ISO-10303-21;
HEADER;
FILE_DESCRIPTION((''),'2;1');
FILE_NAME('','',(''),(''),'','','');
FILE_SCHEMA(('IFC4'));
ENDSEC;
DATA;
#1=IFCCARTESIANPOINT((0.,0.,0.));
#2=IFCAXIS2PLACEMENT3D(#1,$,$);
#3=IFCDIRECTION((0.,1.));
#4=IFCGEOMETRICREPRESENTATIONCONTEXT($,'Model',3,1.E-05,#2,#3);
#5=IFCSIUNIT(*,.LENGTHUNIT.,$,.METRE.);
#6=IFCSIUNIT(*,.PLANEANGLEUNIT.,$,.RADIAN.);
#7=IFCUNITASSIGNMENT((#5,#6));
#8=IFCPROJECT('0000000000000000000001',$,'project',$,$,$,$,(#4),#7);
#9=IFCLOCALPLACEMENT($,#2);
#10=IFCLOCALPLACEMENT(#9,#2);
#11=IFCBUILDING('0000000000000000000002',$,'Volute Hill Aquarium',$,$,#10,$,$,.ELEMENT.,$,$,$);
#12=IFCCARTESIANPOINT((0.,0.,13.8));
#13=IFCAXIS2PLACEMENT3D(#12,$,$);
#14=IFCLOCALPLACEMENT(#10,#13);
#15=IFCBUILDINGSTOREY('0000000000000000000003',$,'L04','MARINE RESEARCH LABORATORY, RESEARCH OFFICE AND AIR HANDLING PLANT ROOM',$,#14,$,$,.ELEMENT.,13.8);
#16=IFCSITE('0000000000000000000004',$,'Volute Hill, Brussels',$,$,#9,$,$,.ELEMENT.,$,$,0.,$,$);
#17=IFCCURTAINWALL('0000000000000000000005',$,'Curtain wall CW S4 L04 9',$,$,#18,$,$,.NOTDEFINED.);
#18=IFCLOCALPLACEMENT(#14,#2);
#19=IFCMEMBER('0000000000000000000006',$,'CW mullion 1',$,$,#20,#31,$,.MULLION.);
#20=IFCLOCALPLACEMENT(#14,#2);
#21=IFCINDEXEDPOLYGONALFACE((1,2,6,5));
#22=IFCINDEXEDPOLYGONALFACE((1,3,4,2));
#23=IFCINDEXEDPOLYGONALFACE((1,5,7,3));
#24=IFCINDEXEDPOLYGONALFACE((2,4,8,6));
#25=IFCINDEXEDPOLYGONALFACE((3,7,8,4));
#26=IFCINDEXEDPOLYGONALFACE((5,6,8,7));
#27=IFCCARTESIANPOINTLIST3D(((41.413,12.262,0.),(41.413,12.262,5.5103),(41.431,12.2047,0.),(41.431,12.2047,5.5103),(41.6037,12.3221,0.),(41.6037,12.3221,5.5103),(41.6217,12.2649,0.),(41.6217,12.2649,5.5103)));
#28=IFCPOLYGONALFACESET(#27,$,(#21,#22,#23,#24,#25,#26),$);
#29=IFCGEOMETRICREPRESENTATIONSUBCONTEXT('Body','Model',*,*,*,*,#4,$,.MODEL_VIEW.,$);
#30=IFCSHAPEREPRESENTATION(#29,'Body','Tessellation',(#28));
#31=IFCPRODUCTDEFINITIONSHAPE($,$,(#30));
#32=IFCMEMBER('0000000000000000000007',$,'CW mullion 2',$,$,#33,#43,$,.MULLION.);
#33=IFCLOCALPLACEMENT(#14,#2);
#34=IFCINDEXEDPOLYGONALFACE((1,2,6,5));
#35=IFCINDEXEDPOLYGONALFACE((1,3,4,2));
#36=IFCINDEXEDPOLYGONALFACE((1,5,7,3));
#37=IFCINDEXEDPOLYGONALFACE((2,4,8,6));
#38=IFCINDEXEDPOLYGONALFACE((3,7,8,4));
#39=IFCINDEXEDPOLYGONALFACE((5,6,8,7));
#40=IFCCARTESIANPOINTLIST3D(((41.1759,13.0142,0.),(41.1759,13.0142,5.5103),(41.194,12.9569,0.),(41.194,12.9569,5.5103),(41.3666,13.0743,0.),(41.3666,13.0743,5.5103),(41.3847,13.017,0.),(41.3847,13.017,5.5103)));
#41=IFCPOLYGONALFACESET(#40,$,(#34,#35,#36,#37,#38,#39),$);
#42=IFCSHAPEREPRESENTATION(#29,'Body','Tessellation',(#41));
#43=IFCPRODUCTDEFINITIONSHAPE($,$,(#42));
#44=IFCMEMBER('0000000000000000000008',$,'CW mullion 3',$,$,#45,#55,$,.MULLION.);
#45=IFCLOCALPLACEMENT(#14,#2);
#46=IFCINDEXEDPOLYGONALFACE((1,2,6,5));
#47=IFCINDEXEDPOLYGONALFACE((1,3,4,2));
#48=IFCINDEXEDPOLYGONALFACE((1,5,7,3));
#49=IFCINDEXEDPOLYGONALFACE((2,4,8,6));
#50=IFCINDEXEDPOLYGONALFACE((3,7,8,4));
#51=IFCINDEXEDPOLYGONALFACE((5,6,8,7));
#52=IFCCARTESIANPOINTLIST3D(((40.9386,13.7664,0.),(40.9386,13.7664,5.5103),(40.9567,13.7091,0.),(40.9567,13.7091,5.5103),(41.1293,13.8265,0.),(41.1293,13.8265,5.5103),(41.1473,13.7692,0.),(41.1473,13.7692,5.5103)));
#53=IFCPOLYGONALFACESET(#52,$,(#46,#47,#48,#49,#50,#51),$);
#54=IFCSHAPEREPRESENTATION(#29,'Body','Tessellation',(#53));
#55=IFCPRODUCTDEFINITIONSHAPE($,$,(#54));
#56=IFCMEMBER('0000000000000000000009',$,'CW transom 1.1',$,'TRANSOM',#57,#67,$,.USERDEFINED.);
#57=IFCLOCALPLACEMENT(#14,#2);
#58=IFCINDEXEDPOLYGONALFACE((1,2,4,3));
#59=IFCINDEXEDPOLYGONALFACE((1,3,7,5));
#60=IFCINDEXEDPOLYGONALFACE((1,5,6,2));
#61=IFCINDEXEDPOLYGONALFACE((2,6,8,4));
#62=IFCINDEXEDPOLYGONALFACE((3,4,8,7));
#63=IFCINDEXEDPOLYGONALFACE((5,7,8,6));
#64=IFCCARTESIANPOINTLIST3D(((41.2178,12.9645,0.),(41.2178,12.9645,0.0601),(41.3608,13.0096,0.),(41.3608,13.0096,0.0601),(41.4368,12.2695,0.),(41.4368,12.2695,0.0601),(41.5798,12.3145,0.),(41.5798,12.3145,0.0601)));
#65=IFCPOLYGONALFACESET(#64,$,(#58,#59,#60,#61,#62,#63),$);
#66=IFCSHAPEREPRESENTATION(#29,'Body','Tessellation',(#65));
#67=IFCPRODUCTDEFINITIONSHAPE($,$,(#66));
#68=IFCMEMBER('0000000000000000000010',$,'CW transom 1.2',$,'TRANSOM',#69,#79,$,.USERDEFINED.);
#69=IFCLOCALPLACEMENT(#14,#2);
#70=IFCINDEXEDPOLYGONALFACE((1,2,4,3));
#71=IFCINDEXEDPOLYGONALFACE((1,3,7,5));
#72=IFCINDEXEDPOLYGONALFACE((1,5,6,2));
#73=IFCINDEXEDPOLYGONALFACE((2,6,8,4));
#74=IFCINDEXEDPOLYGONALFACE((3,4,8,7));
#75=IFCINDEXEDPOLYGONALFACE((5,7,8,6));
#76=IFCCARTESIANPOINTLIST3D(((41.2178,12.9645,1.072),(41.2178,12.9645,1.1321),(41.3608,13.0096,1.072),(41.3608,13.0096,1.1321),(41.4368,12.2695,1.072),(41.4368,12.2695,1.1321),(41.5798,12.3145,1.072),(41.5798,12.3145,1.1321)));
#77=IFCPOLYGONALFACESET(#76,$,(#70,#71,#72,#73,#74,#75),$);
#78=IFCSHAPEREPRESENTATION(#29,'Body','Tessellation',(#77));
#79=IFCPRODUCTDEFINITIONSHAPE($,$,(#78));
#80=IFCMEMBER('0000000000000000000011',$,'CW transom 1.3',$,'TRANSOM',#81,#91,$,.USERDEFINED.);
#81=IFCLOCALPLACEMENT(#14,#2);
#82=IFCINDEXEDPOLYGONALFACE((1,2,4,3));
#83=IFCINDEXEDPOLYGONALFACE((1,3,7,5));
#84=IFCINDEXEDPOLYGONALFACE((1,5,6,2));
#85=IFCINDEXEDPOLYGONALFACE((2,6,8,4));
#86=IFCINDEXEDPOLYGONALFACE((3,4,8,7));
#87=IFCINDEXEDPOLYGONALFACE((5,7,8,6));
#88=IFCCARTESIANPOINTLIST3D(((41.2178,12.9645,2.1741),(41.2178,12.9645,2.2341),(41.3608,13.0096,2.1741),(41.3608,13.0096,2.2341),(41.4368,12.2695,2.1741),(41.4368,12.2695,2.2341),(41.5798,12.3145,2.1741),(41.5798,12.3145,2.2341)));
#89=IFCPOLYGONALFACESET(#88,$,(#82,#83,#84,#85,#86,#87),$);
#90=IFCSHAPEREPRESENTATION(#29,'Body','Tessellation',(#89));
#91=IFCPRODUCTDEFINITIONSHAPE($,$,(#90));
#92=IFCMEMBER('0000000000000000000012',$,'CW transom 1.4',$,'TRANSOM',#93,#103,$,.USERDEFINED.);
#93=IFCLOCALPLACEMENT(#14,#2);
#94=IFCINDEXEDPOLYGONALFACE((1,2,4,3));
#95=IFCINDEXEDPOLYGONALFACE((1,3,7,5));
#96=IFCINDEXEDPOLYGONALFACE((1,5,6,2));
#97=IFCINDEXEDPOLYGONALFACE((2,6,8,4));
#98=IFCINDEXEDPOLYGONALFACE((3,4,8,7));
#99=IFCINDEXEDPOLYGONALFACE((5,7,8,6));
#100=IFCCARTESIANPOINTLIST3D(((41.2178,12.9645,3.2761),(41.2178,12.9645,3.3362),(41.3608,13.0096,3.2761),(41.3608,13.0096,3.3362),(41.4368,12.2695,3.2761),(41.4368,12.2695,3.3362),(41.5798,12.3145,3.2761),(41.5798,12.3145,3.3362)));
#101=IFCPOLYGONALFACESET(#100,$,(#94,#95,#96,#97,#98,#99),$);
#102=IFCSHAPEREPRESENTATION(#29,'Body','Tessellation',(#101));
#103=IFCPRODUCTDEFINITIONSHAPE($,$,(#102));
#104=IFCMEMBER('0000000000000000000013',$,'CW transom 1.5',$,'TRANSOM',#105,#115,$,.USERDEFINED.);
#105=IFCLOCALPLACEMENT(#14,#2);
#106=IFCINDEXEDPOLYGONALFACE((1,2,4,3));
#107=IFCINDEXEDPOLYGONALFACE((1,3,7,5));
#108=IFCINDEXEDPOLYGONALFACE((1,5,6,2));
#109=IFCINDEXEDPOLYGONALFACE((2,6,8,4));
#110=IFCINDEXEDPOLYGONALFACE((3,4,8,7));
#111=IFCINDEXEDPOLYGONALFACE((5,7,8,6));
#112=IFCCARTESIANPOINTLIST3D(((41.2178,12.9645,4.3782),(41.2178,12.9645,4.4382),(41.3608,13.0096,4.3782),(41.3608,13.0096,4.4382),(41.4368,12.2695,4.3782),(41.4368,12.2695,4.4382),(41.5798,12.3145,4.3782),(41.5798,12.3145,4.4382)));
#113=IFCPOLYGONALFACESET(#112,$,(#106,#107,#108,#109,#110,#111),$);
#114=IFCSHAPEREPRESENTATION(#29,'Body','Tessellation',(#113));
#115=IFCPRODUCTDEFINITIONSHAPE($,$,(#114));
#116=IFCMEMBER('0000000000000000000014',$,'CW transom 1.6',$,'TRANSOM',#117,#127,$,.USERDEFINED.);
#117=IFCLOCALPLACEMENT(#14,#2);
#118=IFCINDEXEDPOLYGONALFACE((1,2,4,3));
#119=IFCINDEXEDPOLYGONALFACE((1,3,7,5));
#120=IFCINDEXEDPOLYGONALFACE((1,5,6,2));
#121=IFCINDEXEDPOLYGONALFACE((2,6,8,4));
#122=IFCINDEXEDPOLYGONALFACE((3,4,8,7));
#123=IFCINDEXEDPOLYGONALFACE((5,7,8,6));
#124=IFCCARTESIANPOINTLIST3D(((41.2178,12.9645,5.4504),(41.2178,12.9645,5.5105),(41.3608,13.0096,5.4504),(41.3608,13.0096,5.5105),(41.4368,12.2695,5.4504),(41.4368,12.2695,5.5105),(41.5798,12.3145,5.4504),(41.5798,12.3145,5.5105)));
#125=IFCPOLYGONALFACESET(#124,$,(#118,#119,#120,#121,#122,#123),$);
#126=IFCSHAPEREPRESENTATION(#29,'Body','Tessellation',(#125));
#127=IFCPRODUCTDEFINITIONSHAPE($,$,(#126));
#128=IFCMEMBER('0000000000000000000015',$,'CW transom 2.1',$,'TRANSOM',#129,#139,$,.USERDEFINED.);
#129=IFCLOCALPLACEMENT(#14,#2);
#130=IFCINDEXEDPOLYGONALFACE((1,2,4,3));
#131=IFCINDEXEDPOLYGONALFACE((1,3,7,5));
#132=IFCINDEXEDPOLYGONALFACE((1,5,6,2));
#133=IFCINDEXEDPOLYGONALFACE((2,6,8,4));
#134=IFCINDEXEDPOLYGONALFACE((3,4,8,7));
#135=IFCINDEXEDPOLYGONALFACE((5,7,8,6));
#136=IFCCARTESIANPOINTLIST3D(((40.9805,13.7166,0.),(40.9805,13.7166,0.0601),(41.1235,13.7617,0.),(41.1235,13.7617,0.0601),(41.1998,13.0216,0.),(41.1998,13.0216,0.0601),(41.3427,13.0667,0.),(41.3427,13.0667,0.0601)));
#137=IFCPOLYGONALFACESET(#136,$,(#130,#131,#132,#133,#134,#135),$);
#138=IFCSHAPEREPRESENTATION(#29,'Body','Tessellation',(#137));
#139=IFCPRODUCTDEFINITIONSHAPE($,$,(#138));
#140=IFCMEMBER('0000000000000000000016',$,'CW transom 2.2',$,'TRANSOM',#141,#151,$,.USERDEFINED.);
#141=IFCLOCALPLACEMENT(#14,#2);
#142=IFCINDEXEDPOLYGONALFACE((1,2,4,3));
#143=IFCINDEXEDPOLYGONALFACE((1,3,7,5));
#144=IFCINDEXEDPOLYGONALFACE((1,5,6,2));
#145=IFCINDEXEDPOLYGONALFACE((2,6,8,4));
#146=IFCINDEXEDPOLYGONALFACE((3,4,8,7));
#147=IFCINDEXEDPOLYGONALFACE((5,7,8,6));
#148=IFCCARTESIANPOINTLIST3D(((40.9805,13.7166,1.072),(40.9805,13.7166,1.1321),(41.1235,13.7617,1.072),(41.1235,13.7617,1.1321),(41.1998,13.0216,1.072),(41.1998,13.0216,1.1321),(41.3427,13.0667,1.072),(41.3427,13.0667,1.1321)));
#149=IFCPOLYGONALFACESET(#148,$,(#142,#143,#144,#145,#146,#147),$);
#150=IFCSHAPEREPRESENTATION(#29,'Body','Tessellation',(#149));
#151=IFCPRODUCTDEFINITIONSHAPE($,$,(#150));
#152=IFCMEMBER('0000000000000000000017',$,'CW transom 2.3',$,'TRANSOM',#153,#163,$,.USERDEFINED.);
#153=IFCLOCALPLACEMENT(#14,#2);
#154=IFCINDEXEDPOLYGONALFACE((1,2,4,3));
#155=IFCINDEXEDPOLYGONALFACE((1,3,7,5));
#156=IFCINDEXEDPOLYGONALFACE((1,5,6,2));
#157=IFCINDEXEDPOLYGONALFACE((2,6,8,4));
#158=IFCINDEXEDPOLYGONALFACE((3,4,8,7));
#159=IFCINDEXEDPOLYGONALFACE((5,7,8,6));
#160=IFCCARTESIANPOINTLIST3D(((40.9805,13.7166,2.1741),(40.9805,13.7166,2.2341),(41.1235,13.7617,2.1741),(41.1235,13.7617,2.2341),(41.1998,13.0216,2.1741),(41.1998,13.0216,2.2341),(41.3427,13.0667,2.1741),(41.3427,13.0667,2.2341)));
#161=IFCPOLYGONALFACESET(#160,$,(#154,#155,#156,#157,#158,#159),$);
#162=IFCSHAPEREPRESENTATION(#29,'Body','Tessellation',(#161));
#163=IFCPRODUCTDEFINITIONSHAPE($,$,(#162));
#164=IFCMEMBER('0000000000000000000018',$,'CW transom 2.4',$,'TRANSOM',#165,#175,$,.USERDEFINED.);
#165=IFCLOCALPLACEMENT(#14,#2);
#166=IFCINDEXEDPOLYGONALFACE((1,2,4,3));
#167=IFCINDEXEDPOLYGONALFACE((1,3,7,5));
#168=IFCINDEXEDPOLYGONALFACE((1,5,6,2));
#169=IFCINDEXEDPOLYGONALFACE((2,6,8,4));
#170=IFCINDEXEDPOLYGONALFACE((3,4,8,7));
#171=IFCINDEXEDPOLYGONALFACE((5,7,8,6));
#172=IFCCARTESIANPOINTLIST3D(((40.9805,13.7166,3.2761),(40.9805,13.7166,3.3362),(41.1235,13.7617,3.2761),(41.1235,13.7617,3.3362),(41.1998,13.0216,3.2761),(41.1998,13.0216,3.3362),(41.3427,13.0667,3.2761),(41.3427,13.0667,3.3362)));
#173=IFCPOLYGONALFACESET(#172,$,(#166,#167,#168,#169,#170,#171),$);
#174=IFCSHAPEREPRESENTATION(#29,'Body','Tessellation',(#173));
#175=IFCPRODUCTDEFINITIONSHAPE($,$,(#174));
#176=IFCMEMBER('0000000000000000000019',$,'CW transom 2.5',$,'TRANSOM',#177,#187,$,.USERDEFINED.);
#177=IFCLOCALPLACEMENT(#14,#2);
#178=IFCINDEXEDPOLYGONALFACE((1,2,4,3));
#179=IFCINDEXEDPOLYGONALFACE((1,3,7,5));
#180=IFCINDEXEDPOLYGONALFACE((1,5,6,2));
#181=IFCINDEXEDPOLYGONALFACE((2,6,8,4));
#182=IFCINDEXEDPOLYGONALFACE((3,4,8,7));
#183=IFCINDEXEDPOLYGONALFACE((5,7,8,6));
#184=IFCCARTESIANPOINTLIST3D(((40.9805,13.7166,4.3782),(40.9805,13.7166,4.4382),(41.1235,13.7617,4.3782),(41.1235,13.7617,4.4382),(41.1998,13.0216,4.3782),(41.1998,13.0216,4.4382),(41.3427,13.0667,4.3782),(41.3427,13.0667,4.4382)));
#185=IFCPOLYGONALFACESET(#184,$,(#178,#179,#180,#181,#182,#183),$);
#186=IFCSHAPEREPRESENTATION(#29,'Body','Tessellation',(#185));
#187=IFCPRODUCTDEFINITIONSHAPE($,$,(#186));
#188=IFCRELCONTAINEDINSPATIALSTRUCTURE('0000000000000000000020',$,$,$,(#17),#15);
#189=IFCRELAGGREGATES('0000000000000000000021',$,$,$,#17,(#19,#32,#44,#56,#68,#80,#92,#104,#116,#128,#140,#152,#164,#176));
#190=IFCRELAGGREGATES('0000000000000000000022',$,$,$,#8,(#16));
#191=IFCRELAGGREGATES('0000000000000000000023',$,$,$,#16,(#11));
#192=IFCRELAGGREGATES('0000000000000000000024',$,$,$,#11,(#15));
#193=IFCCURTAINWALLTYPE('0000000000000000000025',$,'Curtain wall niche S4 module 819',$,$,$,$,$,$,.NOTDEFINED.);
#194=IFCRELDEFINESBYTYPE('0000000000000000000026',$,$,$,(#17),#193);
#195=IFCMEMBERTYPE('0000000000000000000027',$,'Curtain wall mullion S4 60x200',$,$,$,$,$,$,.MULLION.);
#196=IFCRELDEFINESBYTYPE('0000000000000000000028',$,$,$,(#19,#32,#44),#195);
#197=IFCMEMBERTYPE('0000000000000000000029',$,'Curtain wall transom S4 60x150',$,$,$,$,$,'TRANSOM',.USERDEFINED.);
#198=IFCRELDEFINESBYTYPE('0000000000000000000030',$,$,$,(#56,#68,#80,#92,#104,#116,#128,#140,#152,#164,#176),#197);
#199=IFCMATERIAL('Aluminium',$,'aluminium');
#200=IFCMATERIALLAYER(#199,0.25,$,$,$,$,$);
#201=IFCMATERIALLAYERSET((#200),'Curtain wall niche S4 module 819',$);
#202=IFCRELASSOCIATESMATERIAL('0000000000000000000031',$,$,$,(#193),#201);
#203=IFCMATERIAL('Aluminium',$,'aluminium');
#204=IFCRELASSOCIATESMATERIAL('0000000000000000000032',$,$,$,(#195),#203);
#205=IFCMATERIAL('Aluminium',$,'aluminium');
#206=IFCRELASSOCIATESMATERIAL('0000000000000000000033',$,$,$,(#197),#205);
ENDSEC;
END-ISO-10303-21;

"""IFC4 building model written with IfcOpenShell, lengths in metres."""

from ifc_helpers import new_model, si_unit, direction, frame, origin, origin_2d, place, context, subcontext, project, spatial, rectangle, extrude, material, layer, layer_set, material_profile, profile_set, type_object, element, aggregate, save


model = new_model("IFC4")

# Units and contexts
model_context = context("Model", 3, precision=1e-05, world=origin(), true_north=direction((0.0, 1.0)))
body_context = subcontext(model_context, "Body", "Model", "MODEL_VIEW")
ifc_project = project(units=[si_unit("LENGTHUNIT", "METRE"), si_unit("PLANEANGLEUNIT", "RADIAN")], contexts=[model_context])

# Site, building, storey
site_placement = place(None, origin())
site = spatial("IfcSite", under=ifc_project, at=site_placement, Name="Volute Hill, Brussels", CompositionType="ELEMENT", RefElevation=0.0)
building_placement = place(site_placement, origin())
building = spatial("IfcBuilding", under=site, at=building_placement, Name="Volute Hill Aquarium", CompositionType="ELEMENT")
storey_placement = place(building_placement, frame((0.0, 0.0, 13.8)))
storey = spatial("IfcBuildingStorey", under=building, at=storey_placement, Name="L04", Description="MARINE RESEARCH LABORATORY, RESEARCH OFFICE AND AIR HANDLING PLANT ROOM", CompositionType="ELEMENT", Elevation=13.8)

# Curtain wall, members
ifc_material_1 = material(Name="Aluminium", Category="aluminium")
ifc_layer_1 = layer(ifc_material_1, 0.25)
ifc_layer_set_1 = layer_set([ifc_layer_1], Name="Curtain wall niche S4 module 819")
curtain_wall_type = type_object("IfcCurtainWallType", Name="Curtain wall niche S4 module 819", PredefinedType="NOTDEFINED", material=ifc_layer_set_1)
curtain_wall_placement = place(storey_placement, origin())
curtain_wall = element("IfcCurtainWall", 1, at=curtain_wall_placement, inside=storey, type_object=curtain_wall_type, Name="Curtain wall CW S4 L04 9", PredefinedType="NOTDEFINED")
ifc_material_2 = material(Name="Aluminium", Category="aluminium")
ifc_material_profile_1 = material_profile(ifc_material_2, rectangle(XDim=0.2, YDim=0.0601, at=origin_2d()), Name="Curtain wall mullion S4 60x200")
ifc_profile_set_1 = profile_set([ifc_material_profile_1], Name="Aluminium")
member_type_1 = type_object("IfcMemberType", Name="Curtain wall mullion S4 60x200", PredefinedType="MULLION", material=ifc_profile_set_1)
member_1_placement = place(storey_placement, frame((41.5173, 12.2634, 0.0), z_axis=(0.0, 0.0, 1.0), x_axis=(-0.953716, -0.30071, 0.0)))
member_1 = element("IfcMember", 2, at=member_1_placement, type_object=member_type_1, Name="CW mullion 1", PredefinedType="MULLION", context=body_context, shape_type="SweptSolid", body=[
    extrude(rectangle(XDim=0.2, YDim=0.0601, at=origin_2d()), origin(), (0.0, 0.0, 1.0), 5.5103),
])
member_2_placement = place(storey_placement, frame((41.2803, 13.0156, 0.0), z_axis=(0.0, 0.0, 1.0), x_axis=(-0.953716, -0.30071, 0.0)))
member_2 = element("IfcMember", 3, at=member_2_placement, type_object=member_type_1, Name="CW mullion 2", PredefinedType="MULLION", context=body_context, shape_type="SweptSolid", body=[
    extrude(rectangle(XDim=0.2, YDim=0.0601, at=origin_2d()), origin(), (0.0, 0.0, 1.0), 5.5103),
])
member_3_placement = place(storey_placement, frame((41.043, 13.7678, 0.0), z_axis=(0.0, 0.0, 1.0), x_axis=(-0.953716, -0.30071, 0.0)))
member_3 = element("IfcMember", 4, at=member_3_placement, type_object=member_type_1, Name="CW mullion 3", PredefinedType="MULLION", context=body_context, shape_type="SweptSolid", body=[
    extrude(rectangle(XDim=0.2, YDim=0.0601, at=origin_2d()), origin(), (0.0, 0.0, 1.0), 5.5103),
])
ifc_material_3 = material(Name="Aluminium", Category="aluminium")
ifc_material_profile_2 = material_profile(ifc_material_3, rectangle(XDim=0.1499, YDim=0.0601, at=origin_2d()), Name="Curtain wall transom S4 60x150")
ifc_profile_set_2 = profile_set([ifc_material_profile_2], Name="Aluminium")
member_type_2 = type_object("IfcMemberType", Name="Curtain wall transom S4 60x150", ElementType="TRANSOM", PredefinedType="USERDEFINED", material=ifc_profile_set_2)
member_4_placement = place(storey_placement, frame((41.5083, 12.292, 0.03), z_axis=(-0.300506, 0.95378, 0.0), x_axis=(-0.95378, -0.300506, 0.0)))
member_4 = element("IfcMember", 5, at=member_4_placement, type_object=member_type_2, Name="CW transom 1.1", ObjectType="TRANSOM", PredefinedType="USERDEFINED", context=body_context, shape_type="SweptSolid", body=[
    extrude(rectangle(XDim=0.1499, YDim=0.0601, at=origin_2d()), origin(), (0.0, 0.0, 1.0), 0.7288),
])
member_5_placement = place(storey_placement, frame((41.5083, 12.292, 1.1021), z_axis=(-0.300506, 0.95378, 0.0), x_axis=(-0.95378, -0.300506, 0.0)))
member_5 = element("IfcMember", 6, at=member_5_placement, type_object=member_type_2, Name="CW transom 1.2", ObjectType="TRANSOM", PredefinedType="USERDEFINED", context=body_context, shape_type="SweptSolid", body=[
    extrude(rectangle(XDim=0.1499, YDim=0.0601, at=origin_2d()), origin(), (0.0, 0.0, 1.0), 0.7288),
])
member_6_placement = place(storey_placement, frame((41.5083, 12.292, 2.2041), z_axis=(-0.300506, 0.95378, 0.0), x_axis=(-0.95378, -0.300506, 0.0)))
member_6 = element("IfcMember", 7, at=member_6_placement, type_object=member_type_2, Name="CW transom 1.3", ObjectType="TRANSOM", PredefinedType="USERDEFINED", context=body_context, shape_type="SweptSolid", body=[
    extrude(rectangle(XDim=0.1499, YDim=0.0601, at=origin_2d()), origin(), (0.0, 0.0, 1.0), 0.7288),
])
member_7_placement = place(storey_placement, frame((41.5083, 12.292, 3.3062), z_axis=(-0.300506, 0.95378, 0.0), x_axis=(-0.95378, -0.300506, 0.0)))
member_7 = element("IfcMember", 8, at=member_7_placement, type_object=member_type_2, Name="CW transom 1.4", ObjectType="TRANSOM", PredefinedType="USERDEFINED", context=body_context, shape_type="SweptSolid", body=[
    extrude(rectangle(XDim=0.1499, YDim=0.0601, at=origin_2d()), origin(), (0.0, 0.0, 1.0), 0.7288),
])
member_8_placement = place(storey_placement, frame((41.5083, 12.292, 4.4082), z_axis=(-0.300506, 0.95378, 0.0), x_axis=(-0.95378, -0.300506, 0.0)))
member_8 = element("IfcMember", 9, at=member_8_placement, type_object=member_type_2, Name="CW transom 1.5", ObjectType="TRANSOM", PredefinedType="USERDEFINED", context=body_context, shape_type="SweptSolid", body=[
    extrude(rectangle(XDim=0.1499, YDim=0.0601, at=origin_2d()), origin(), (0.0, 0.0, 1.0), 0.7288),
])
member_9_placement = place(storey_placement, frame((41.5083, 12.292, 5.4805), z_axis=(-0.300506, 0.95378, 0.0), x_axis=(-0.95378, -0.300506, 0.0)))
member_9 = element("IfcMember", 10, at=member_9_placement, type_object=member_type_2, Name="CW transom 1.6", ObjectType="TRANSOM", PredefinedType="USERDEFINED", context=body_context, shape_type="SweptSolid", body=[
    extrude(rectangle(XDim=0.1499, YDim=0.0601, at=origin_2d()), origin(), (0.0, 0.0, 1.0), 0.7288),
])
member_10_placement = place(storey_placement, frame((41.2712, 13.0442, 0.03), z_axis=(-0.300811, 0.953684, 0.0), x_axis=(-0.953684, -0.300811, 0.0)))
member_10 = element("IfcMember", 11, at=member_10_placement, type_object=member_type_2, Name="CW transom 2.1", ObjectType="TRANSOM", PredefinedType="USERDEFINED", context=body_context, shape_type="SweptSolid", body=[
    extrude(rectangle(XDim=0.1499, YDim=0.0601, at=origin_2d()), origin(), (0.0, 0.0, 1.0), 0.7288),
])
member_11_placement = place(storey_placement, frame((41.2712, 13.0442, 1.1021), z_axis=(-0.300811, 0.953684, 0.0), x_axis=(-0.953684, -0.300811, 0.0)))
member_11 = element("IfcMember", 12, at=member_11_placement, type_object=member_type_2, Name="CW transom 2.2", ObjectType="TRANSOM", PredefinedType="USERDEFINED", context=body_context, shape_type="SweptSolid", body=[
    extrude(rectangle(XDim=0.1499, YDim=0.0601, at=origin_2d()), origin(), (0.0, 0.0, 1.0), 0.7288),
])
member_12_placement = place(storey_placement, frame((41.2712, 13.0442, 2.2041), z_axis=(-0.300811, 0.953684, 0.0), x_axis=(-0.953684, -0.300811, 0.0)))
member_12 = element("IfcMember", 13, at=member_12_placement, type_object=member_type_2, Name="CW transom 2.3", ObjectType="TRANSOM", PredefinedType="USERDEFINED", context=body_context, shape_type="SweptSolid", body=[
    extrude(rectangle(XDim=0.1499, YDim=0.0601, at=origin_2d()), origin(), (0.0, 0.0, 1.0), 0.7288),
])
member_13_placement = place(storey_placement, frame((41.2712, 13.0442, 3.3062), z_axis=(-0.300811, 0.953684, 0.0), x_axis=(-0.953684, -0.300811, 0.0)))
member_13 = element("IfcMember", 14, at=member_13_placement, type_object=member_type_2, Name="CW transom 2.4", ObjectType="TRANSOM", PredefinedType="USERDEFINED", context=body_context, shape_type="SweptSolid", body=[
    extrude(rectangle(XDim=0.1499, YDim=0.0601, at=origin_2d()), origin(), (0.0, 0.0, 1.0), 0.7288),
])
member_14_placement = place(storey_placement, frame((41.2712, 13.0442, 4.4082), z_axis=(-0.300811, 0.953684, 0.0), x_axis=(-0.953684, -0.300811, 0.0)))
member_14 = element("IfcMember", 15, at=member_14_placement, type_object=member_type_2, Name="CW transom 2.5", ObjectType="TRANSOM", PredefinedType="USERDEFINED", context=body_context, shape_type="SweptSolid", body=[
    extrude(rectangle(XDim=0.1499, YDim=0.0601, at=origin_2d()), origin(), (0.0, 0.0, 1.0), 0.7288),
])

aggregate(curtain_wall, [member_1, member_2, member_3, member_4, member_5, member_6, member_7, member_8, member_9, member_10, member_11, member_12, member_13, member_14])

save(model, "model.ifc")
